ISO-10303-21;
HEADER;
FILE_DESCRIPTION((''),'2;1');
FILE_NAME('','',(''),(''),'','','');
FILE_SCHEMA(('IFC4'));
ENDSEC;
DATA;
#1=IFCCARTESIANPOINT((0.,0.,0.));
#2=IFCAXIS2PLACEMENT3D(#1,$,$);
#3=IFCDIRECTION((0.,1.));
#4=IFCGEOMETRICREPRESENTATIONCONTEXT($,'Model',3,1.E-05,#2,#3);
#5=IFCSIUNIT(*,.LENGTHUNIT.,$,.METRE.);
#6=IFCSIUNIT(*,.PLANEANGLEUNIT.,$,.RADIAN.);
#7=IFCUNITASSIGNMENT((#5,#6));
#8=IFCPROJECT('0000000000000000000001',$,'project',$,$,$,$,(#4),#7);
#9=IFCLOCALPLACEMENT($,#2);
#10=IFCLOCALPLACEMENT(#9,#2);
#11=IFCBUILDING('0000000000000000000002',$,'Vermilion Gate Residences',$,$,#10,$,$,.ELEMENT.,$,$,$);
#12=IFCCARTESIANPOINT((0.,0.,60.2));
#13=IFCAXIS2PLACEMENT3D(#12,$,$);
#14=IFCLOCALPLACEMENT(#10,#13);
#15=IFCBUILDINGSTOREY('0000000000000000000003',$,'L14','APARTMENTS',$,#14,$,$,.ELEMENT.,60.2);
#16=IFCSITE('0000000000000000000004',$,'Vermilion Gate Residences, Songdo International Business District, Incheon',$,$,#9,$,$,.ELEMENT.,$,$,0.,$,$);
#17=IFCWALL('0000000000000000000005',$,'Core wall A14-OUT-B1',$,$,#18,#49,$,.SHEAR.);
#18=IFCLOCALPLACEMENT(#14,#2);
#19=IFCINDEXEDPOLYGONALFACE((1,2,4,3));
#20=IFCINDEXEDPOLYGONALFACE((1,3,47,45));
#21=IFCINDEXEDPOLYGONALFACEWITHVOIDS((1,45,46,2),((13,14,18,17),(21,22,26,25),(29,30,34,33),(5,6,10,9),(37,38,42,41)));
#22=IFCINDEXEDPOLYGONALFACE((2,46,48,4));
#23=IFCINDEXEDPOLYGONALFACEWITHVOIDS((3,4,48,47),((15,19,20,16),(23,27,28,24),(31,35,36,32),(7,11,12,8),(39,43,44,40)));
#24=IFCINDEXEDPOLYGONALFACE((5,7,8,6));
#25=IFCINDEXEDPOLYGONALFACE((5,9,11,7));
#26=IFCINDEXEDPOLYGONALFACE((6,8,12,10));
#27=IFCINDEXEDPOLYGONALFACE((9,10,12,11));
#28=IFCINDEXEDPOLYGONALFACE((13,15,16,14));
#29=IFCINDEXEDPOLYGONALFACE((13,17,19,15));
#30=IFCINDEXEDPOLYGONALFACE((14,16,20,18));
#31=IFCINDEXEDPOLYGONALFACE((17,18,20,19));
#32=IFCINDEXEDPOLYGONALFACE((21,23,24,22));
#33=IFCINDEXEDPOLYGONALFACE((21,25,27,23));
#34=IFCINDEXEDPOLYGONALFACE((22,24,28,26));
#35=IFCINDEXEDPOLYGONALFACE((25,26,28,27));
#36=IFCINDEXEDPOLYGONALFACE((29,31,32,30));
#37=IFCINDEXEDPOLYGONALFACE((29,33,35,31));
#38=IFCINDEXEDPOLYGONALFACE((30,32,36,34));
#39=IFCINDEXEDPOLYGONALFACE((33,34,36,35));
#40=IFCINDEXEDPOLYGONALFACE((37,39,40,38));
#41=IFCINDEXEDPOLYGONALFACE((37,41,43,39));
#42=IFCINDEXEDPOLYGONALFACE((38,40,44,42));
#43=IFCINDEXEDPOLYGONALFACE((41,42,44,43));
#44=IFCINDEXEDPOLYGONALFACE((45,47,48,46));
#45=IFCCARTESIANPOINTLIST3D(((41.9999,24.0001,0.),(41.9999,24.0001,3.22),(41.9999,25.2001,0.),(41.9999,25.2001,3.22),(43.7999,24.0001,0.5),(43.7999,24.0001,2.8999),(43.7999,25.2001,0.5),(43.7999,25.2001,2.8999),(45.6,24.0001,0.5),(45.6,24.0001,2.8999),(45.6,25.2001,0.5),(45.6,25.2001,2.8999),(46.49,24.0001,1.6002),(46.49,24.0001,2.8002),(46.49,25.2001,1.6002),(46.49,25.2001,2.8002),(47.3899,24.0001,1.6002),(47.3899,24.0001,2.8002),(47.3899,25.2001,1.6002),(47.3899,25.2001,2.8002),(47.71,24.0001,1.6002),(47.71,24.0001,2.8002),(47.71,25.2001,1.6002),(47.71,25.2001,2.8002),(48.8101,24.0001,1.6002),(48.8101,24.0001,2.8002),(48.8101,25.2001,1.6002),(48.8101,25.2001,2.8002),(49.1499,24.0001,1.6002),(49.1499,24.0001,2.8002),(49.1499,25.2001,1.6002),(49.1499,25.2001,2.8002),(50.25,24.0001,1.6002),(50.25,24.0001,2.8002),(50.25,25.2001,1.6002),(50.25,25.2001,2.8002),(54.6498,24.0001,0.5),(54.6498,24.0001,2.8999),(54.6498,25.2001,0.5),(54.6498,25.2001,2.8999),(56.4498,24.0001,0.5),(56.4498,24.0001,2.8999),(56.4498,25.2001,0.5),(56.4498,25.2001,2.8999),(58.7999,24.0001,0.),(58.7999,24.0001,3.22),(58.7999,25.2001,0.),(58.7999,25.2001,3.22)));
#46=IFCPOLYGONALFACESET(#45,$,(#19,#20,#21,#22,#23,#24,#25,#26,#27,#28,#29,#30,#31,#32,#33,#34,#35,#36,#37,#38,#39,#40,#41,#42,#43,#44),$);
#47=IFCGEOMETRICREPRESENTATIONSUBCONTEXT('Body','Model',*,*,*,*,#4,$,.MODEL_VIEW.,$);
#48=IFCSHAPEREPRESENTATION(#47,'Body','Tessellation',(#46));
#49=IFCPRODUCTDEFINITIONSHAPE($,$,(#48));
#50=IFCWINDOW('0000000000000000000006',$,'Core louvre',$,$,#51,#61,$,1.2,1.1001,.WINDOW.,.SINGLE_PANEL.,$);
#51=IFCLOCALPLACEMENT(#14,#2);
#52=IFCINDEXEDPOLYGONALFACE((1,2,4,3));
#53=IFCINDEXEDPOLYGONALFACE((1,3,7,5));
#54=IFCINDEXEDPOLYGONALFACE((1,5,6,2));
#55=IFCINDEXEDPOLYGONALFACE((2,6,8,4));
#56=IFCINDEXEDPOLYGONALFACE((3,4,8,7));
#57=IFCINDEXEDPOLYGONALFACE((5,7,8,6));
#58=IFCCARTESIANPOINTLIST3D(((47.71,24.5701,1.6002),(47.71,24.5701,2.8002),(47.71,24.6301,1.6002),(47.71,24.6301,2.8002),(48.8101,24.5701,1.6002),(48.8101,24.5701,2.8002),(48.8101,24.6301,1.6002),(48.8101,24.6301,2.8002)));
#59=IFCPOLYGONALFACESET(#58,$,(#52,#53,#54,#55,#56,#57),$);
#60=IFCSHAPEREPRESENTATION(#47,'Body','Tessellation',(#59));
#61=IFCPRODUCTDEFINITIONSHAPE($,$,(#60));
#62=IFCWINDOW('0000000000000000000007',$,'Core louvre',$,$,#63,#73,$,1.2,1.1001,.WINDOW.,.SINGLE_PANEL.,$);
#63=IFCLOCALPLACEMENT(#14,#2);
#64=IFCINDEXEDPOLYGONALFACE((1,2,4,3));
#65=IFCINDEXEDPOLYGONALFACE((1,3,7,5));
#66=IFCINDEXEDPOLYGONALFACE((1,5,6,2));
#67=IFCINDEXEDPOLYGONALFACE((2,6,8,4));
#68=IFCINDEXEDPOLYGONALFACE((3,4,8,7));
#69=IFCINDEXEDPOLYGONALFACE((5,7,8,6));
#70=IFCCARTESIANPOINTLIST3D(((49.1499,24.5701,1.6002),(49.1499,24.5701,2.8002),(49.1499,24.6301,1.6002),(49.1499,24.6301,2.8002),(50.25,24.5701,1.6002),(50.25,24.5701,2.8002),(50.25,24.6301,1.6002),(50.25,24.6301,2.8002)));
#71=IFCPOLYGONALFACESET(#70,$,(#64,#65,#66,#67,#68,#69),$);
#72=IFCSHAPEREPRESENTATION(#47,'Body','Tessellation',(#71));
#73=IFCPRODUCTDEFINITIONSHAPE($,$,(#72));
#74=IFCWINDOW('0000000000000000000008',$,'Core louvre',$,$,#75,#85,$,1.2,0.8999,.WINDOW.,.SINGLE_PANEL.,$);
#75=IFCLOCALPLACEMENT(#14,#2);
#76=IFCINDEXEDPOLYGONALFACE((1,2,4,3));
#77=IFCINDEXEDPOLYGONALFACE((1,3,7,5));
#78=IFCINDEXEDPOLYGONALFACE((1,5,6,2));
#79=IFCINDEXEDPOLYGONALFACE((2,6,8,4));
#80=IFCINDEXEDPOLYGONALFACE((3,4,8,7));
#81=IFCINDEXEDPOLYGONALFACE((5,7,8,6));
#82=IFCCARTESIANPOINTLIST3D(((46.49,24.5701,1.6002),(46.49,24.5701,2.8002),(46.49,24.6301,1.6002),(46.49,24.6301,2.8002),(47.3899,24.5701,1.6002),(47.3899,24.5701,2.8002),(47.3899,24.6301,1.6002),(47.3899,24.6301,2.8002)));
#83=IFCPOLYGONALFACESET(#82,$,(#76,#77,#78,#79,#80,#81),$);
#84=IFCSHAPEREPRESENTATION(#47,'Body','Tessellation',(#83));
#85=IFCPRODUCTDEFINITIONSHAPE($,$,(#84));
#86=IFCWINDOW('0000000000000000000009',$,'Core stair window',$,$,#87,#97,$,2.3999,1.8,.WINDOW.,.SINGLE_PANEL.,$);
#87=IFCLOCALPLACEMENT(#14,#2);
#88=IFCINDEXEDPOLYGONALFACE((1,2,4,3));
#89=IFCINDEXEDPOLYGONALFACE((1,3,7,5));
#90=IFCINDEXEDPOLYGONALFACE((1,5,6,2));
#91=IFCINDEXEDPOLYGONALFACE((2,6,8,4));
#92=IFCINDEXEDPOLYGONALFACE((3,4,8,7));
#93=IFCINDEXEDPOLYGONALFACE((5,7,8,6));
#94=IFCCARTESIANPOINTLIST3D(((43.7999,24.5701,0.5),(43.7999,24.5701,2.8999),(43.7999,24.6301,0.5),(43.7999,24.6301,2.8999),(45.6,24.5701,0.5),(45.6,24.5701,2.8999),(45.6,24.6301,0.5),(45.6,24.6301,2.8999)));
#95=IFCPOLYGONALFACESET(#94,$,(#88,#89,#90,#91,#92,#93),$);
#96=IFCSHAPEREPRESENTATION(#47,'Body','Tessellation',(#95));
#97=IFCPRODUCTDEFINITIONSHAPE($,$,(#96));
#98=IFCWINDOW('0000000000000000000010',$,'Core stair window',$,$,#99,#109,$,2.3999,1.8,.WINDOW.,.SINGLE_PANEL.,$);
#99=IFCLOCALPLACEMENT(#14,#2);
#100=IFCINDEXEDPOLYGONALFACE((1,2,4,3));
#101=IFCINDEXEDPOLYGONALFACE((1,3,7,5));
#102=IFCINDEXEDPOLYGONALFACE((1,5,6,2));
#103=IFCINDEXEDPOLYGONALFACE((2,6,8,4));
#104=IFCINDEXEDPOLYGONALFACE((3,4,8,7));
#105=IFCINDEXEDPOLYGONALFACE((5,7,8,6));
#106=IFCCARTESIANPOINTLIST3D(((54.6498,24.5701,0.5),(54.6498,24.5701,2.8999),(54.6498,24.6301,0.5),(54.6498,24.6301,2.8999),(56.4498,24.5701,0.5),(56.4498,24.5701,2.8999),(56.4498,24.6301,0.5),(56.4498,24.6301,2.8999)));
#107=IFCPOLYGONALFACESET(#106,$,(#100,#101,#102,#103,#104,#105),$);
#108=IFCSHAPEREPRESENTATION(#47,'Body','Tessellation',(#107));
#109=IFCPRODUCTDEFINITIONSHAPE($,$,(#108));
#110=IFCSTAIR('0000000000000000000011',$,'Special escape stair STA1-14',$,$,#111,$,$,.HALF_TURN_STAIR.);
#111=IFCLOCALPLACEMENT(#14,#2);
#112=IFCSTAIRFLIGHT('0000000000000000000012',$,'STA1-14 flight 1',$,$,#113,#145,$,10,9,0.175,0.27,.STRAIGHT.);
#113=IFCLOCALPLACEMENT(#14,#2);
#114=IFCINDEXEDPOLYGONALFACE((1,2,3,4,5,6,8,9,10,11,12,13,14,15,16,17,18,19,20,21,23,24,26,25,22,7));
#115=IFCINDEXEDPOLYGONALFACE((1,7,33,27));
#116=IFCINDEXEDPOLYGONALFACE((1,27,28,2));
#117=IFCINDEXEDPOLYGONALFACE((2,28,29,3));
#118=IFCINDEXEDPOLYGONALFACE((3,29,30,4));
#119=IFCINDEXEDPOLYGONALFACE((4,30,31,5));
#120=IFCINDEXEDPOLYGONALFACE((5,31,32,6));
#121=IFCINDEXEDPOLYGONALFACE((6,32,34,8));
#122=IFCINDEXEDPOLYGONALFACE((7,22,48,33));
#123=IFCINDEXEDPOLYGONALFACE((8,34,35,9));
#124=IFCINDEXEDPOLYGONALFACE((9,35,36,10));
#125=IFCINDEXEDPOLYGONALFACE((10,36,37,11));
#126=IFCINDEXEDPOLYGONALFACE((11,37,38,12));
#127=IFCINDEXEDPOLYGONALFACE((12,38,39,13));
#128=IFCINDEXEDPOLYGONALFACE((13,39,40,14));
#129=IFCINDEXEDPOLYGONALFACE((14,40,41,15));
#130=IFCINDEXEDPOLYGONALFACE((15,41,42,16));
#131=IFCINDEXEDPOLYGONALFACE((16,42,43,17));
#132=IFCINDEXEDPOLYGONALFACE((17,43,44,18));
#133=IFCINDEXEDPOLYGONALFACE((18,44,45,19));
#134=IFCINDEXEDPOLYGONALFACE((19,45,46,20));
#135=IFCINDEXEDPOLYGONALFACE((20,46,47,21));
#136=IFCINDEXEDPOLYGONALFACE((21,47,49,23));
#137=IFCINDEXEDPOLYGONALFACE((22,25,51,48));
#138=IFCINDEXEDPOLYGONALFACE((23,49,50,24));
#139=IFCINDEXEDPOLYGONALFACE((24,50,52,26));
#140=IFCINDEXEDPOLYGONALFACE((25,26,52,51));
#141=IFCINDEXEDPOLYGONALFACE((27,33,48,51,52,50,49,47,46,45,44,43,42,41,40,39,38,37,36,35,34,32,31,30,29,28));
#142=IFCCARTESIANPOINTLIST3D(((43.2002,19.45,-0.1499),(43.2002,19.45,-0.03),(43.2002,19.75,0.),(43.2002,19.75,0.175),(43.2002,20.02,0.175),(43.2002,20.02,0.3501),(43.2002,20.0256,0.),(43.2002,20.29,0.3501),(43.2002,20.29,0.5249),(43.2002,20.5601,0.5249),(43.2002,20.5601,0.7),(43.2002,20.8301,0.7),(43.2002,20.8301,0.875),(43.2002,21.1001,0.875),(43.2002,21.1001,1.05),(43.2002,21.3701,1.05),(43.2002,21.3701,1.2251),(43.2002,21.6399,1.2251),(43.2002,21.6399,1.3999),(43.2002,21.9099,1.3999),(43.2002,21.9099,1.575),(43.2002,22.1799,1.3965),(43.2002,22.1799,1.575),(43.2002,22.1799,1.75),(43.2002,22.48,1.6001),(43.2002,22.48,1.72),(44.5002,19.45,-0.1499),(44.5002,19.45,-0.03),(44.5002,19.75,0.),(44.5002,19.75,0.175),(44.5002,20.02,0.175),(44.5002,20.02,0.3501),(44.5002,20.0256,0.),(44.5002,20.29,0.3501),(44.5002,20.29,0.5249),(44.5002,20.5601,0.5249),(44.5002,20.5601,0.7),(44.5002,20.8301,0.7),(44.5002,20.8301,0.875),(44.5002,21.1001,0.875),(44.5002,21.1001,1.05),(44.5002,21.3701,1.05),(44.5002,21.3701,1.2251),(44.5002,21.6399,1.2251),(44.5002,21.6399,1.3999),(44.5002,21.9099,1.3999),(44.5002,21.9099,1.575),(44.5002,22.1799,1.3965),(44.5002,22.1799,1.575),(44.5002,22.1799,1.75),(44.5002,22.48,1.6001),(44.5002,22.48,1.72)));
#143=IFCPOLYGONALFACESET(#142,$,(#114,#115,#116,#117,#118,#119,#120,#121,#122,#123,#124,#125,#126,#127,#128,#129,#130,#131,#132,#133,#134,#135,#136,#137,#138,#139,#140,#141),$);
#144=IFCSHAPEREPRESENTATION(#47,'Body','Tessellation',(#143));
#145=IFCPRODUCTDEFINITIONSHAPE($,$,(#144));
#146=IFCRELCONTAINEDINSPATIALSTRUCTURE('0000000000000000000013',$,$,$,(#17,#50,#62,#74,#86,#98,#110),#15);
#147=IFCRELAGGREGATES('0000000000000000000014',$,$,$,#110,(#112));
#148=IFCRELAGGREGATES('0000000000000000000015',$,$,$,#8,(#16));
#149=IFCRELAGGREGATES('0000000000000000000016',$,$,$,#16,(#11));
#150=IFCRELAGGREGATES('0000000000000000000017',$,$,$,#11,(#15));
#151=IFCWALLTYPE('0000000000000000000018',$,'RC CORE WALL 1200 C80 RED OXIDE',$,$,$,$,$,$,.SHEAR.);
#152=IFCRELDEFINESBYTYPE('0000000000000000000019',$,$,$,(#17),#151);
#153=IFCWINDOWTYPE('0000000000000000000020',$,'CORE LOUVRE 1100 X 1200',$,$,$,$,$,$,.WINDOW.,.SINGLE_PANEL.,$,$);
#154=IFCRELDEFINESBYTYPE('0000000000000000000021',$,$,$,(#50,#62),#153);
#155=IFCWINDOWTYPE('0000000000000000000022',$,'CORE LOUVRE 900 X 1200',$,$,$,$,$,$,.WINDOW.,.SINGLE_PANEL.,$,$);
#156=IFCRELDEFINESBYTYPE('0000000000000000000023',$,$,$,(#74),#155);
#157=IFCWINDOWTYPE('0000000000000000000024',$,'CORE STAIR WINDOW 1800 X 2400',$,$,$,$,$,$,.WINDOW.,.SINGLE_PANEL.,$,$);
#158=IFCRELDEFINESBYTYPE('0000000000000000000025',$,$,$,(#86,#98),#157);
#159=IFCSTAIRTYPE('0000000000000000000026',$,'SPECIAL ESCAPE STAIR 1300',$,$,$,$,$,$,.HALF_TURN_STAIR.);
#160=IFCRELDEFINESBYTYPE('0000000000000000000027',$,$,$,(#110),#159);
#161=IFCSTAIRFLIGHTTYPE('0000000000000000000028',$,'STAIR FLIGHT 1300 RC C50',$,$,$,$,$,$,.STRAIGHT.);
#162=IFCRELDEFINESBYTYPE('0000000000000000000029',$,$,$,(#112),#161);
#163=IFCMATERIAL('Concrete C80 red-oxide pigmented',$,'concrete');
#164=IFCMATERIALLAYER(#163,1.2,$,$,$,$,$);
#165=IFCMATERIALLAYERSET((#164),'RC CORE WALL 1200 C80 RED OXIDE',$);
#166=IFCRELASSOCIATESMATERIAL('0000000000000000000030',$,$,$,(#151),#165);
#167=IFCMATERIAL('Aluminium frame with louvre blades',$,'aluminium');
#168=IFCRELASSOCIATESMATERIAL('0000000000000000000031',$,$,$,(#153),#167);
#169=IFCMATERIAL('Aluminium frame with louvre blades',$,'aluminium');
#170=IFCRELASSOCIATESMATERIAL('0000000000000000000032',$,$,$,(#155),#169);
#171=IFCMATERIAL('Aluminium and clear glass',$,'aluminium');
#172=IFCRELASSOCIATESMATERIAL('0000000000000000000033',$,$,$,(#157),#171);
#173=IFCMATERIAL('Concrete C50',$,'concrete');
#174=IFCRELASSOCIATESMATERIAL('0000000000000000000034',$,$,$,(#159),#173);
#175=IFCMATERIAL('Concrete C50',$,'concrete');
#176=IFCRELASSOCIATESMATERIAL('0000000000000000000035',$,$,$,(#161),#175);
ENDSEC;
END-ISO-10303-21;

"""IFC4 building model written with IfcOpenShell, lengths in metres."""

from ifc_helpers import new_model, si_unit, direction, frame, frame_2d, origin, place, context, subcontext, project, spatial, polyline, rectangle, outline, extrude, material, layer, layer_set, type_object, element, fill, aggregate, save


model = new_model("IFC4")

# Units and contexts
model_context = context("Model", 3, precision=1e-05, world=origin(), true_north=direction((0.0, 1.0)))
body_context = subcontext(model_context, "Body", "Model", "MODEL_VIEW")
ifc_project = project(units=[si_unit("LENGTHUNIT", "METRE"), si_unit("PLANEANGLEUNIT", "RADIAN")], contexts=[model_context])

# Site, building, storey
site_placement = place(None, origin())
site = spatial("IfcSite", under=ifc_project, at=site_placement, Name="Vermilion Gate Residences, Songdo International Business District, Incheon", CompositionType="ELEMENT", RefElevation=0.0)
building_placement = place(site_placement, origin())
building = spatial("IfcBuilding", under=site, at=building_placement, Name="Vermilion Gate Residences", CompositionType="ELEMENT")
storey_placement = place(building_placement, frame((0.0, 0.0, 60.2)))
storey = spatial("IfcBuildingStorey", under=building, at=storey_placement, Name="L14", Description="APARTMENTS", CompositionType="ELEMENT", Elevation=60.2)

# Wall, openings, windows
ifc_material_1 = material(Name="Concrete C80 red-oxide pigmented", Category="concrete")
ifc_layer_1 = layer(ifc_material_1, 1.2)
ifc_layer_set_1 = layer_set([ifc_layer_1], Name="RC CORE WALL 1200 C80 RED OXIDE")
wall_type_1 = type_object("IfcWallType", Name="RC CORE WALL 1200 C80 RED OXIDE", PredefinedType="SHEAR", material=ifc_layer_set_1)
wall_1_placement = place(storey_placement, frame((42.0, 24.6001, 0.0), z_axis=(0.0, 0.0, 1.0), x_axis=(1.0, 0.0, 0.0)))
wall_1 = element("IfcWall", 1, at=wall_1_placement, inside=storey, type_object=wall_type_1, Name="Core wall A14-OUT-B1", PredefinedType="SHEAR", context=body_context, shape_type="SweptSolid", body=[
    extrude(rectangle(XDim=16.8, YDim=1.2, at=frame_2d((8.3999, 0.0))), origin(), (0.0, 0.0, 1.0), 3.22),
])
opening_1_placement = place(wall_1_placement, frame((1.8, 0.0, 0.5)))
opening_1 = element("IfcOpeningElement", 2, at=opening_1_placement, cuts=wall_1, PredefinedType="OPENING", context=body_context, shape_type="SweptSolid", body=[
    extrude(rectangle(XDim=1.8, YDim=2.3999, at=frame_2d((0.8999, 1.2))), frame((0.0, 0.6099, 0.0), z_axis=(0.0, -1.0, 0.0), x_axis=(1.0, 0.0, 0.0)), (0.0, 0.0, 1.0), 1.22),
])
opening_2_placement = place(wall_1_placement, frame((4.49, 0.0, 1.6001)))
opening_2 = element("IfcOpeningElement", 3, at=opening_2_placement, cuts=wall_1, PredefinedType="OPENING", context=body_context, shape_type="SweptSolid", body=[
    extrude(rectangle(XDim=0.8999, YDim=1.2, at=frame_2d((0.45, 0.6001))), frame((0.0, 0.6099, 0.0), z_axis=(0.0, -1.0, 0.0), x_axis=(1.0, 0.0, 0.0)), (0.0, 0.0, 1.0), 1.22),
])
opening_3_placement = place(wall_1_placement, frame((5.71, 0.0, 1.6001)))
opening_3 = element("IfcOpeningElement", 4, at=opening_3_placement, cuts=wall_1, PredefinedType="OPENING", context=body_context, shape_type="SweptSolid", body=[
    extrude(rectangle(XDim=1.1001, YDim=1.2, at=frame_2d((0.55, 0.6001))), frame((0.0, 0.6099, 0.0), z_axis=(0.0, -1.0, 0.0), x_axis=(1.0, 0.0, 0.0)), (0.0, 0.0, 1.0), 1.22),
])
opening_4_placement = place(wall_1_placement, frame((7.1499, 0.0, 1.6001)))
opening_4 = element("IfcOpeningElement", 5, at=opening_4_placement, cuts=wall_1, PredefinedType="OPENING", context=body_context, shape_type="SweptSolid", body=[
    extrude(rectangle(XDim=1.1001, YDim=1.2, at=frame_2d((0.55, 0.6001))), frame((0.0, 0.6099, 0.0), z_axis=(0.0, -1.0, 0.0), x_axis=(1.0, 0.0, 0.0)), (0.0, 0.0, 1.0), 1.22),
])
opening_5_placement = place(wall_1_placement, frame((12.6499, 0.0, 0.5)))
opening_5 = element("IfcOpeningElement", 6, at=opening_5_placement, cuts=wall_1, PredefinedType="OPENING", context=body_context, shape_type="SweptSolid", body=[
    extrude(rectangle(XDim=1.8, YDim=2.3999, at=frame_2d((0.8999, 1.2))), frame((0.0, 0.6099, 0.0), z_axis=(0.0, -1.0, 0.0), x_axis=(1.0, 0.0, 0.0)), (0.0, 0.0, 1.0), 1.22),
])
ifc_material_2 = material(Name="Aluminium frame with louvre blades", Category="aluminium")
window_type_1 = type_object("IfcWindowType", Name="CORE LOUVRE 1100 X 1200", PartitioningType="SINGLE_PANEL", PredefinedType="WINDOW", material=ifc_material_2)
window_1_placement = place(opening_3_placement, origin())
window_1 = element("IfcWindow", 7, at=window_1_placement, inside=storey, type_object=window_type_1, Name="Core louvre", OverallHeight=1.2, OverallWidth=1.1001, PartitioningType="SINGLE_PANEL", PredefinedType="WINDOW", context=body_context, shape_type="SweptSolid", body=[
    extrude(rectangle(XDim=1.1001, YDim=1.2, at=frame_2d((0.55, 0.6001))), frame((0.0, 0.03, 0.0), z_axis=(0.0, -1.0, 0.0), x_axis=(1.0, 0.0, 0.0)), (0.0, 0.0, 1.0), 0.0601),
])
fill(opening_3, window_1)
window_2_placement = place(opening_4_placement, origin())
window_2 = element("IfcWindow", 8, at=window_2_placement, inside=storey, type_object=window_type_1, Name="Core louvre", OverallHeight=1.2, OverallWidth=1.1001, PartitioningType="SINGLE_PANEL", PredefinedType="WINDOW", context=body_context, shape_type="SweptSolid", body=[
    extrude(rectangle(XDim=1.1001, YDim=1.2, at=frame_2d((0.55, 0.6001))), frame((0.0, 0.03, 0.0), z_axis=(0.0, -1.0, 0.0), x_axis=(1.0, 0.0, 0.0)), (0.0, 0.0, 1.0), 0.0601),
])
fill(opening_4, window_2)
ifc_material_3 = material(Name="Aluminium frame with louvre blades", Category="aluminium")
window_type_2 = type_object("IfcWindowType", Name="CORE LOUVRE 900 X 1200", PartitioningType="SINGLE_PANEL", PredefinedType="WINDOW", material=ifc_material_3)
window_3_placement = place(opening_2_placement, origin())
window_3 = element("IfcWindow", 9, at=window_3_placement, inside=storey, type_object=window_type_2, Name="Core louvre", OverallHeight=1.2, OverallWidth=0.8999, PartitioningType="SINGLE_PANEL", PredefinedType="WINDOW", context=body_context, shape_type="SweptSolid", body=[
    extrude(rectangle(XDim=0.8999, YDim=1.2, at=frame_2d((0.45, 0.6001))), frame((0.0, 0.03, 0.0), z_axis=(0.0, -1.0, 0.0), x_axis=(1.0, 0.0, 0.0)), (0.0, 0.0, 1.0), 0.0601),
])
fill(opening_2, window_3)
ifc_material_4 = material(Name="Aluminium and clear glass", Category="aluminium")
window_type_3 = type_object("IfcWindowType", Name="CORE STAIR WINDOW 1800 X 2400", PartitioningType="SINGLE_PANEL", PredefinedType="WINDOW", material=ifc_material_4)
window_4_placement = place(opening_1_placement, origin())
window_4 = element("IfcWindow", 10, at=window_4_placement, inside=storey, type_object=window_type_3, Name="Core stair window", OverallHeight=2.3999, OverallWidth=1.8, PartitioningType="SINGLE_PANEL", PredefinedType="WINDOW", context=body_context, shape_type="SweptSolid", body=[
    extrude(rectangle(XDim=1.8, YDim=2.3999, at=frame_2d((0.8999, 1.2))), frame((0.0, 0.03, 0.0), z_axis=(0.0, -1.0, 0.0), x_axis=(1.0, 0.0, 0.0)), (0.0, 0.0, 1.0), 0.0601),
])
fill(opening_1, window_4)
window_5_placement = place(opening_5_placement, origin())
window_5 = element("IfcWindow", 11, at=window_5_placement, inside=storey, type_object=window_type_3, Name="Core stair window", OverallHeight=2.3999, OverallWidth=1.8, PartitioningType="SINGLE_PANEL", PredefinedType="WINDOW", context=body_context, shape_type="SweptSolid", body=[
    extrude(rectangle(XDim=1.8, YDim=2.3999, at=frame_2d((0.8999, 1.2))), frame((0.0, 0.03, 0.0), z_axis=(0.0, -1.0, 0.0), x_axis=(1.0, 0.0, 0.0)), (0.0, 0.0, 1.0), 0.0601),
])
fill(opening_5, window_5)

# Stair, stair flight
ifc_material_5 = material(Name="Concrete C50", Category="concrete")
stair_type = type_object("IfcStairType", Name="SPECIAL ESCAPE STAIR 1300", PredefinedType="HALF_TURN_STAIR", material=ifc_material_5)
stair_placement = place(storey_placement, origin())
stair = element("IfcStair", 12, at=stair_placement, inside=storey, type_object=stair_type, Name="Special escape stair STA1-14", PredefinedType="HALF_TURN_STAIR")
ifc_material_6 = material(Name="Concrete C50", Category="concrete")
stair_flight_type = type_object("IfcStairFlightType", Name="STAIR FLIGHT 1300 RC C50", PredefinedType="STRAIGHT", material=ifc_material_6)
stair_flight_1_placement = place(storey_placement, frame((43.8501, 19.75, 0.0), z_axis=(0.0, 0.0, 1.0), x_axis=(0.0, 1.0, 0.0)))
stair_flight_1 = element("IfcStairFlight", 13, at=stair_flight_1_placement, type_object=stair_flight_type, Name="STA1-14 flight 1", NumberOfRisers=10, NumberOfTreads=9, PredefinedType="STRAIGHT", RiserHeight=0.175, TreadLength=0.27, context=body_context, shape_type="SweptSolid", body=[
    extrude(outline(polyline([(-0.3, -0.1499), (-0.3, -0.03), (0.0, 0.0), (0.0, 0.175), (0.27, 0.175), (0.27, 0.3501), (0.54, 0.3501), (0.54, 0.5249), (0.8101, 0.5249), (0.8101, 0.7), (1.0801, 0.7), (1.0801, 0.875), (1.3501, 0.875), (1.3501, 1.05), (1.6201, 1.05), (1.6201, 1.2251), (1.8899, 1.2251), (1.8899, 1.3999), (2.1599, 1.3999), (2.1599, 1.575), (2.4299, 1.575), (2.4299, 1.75), (2.73, 1.72), (2.73, 1.6001), (2.4299, 1.3965), (0.2756, 0.0), (-0.3, -0.1499)])), frame((0.0, 0.6499, 0.0), z_axis=(0.0, -1.0, 0.0), x_axis=(1.0, 0.0, 0.0)), (0.0, 0.0, 1.0), 1.3),
])
aggregate(stair, [stair_flight_1])

save(model, "model.ifc")
